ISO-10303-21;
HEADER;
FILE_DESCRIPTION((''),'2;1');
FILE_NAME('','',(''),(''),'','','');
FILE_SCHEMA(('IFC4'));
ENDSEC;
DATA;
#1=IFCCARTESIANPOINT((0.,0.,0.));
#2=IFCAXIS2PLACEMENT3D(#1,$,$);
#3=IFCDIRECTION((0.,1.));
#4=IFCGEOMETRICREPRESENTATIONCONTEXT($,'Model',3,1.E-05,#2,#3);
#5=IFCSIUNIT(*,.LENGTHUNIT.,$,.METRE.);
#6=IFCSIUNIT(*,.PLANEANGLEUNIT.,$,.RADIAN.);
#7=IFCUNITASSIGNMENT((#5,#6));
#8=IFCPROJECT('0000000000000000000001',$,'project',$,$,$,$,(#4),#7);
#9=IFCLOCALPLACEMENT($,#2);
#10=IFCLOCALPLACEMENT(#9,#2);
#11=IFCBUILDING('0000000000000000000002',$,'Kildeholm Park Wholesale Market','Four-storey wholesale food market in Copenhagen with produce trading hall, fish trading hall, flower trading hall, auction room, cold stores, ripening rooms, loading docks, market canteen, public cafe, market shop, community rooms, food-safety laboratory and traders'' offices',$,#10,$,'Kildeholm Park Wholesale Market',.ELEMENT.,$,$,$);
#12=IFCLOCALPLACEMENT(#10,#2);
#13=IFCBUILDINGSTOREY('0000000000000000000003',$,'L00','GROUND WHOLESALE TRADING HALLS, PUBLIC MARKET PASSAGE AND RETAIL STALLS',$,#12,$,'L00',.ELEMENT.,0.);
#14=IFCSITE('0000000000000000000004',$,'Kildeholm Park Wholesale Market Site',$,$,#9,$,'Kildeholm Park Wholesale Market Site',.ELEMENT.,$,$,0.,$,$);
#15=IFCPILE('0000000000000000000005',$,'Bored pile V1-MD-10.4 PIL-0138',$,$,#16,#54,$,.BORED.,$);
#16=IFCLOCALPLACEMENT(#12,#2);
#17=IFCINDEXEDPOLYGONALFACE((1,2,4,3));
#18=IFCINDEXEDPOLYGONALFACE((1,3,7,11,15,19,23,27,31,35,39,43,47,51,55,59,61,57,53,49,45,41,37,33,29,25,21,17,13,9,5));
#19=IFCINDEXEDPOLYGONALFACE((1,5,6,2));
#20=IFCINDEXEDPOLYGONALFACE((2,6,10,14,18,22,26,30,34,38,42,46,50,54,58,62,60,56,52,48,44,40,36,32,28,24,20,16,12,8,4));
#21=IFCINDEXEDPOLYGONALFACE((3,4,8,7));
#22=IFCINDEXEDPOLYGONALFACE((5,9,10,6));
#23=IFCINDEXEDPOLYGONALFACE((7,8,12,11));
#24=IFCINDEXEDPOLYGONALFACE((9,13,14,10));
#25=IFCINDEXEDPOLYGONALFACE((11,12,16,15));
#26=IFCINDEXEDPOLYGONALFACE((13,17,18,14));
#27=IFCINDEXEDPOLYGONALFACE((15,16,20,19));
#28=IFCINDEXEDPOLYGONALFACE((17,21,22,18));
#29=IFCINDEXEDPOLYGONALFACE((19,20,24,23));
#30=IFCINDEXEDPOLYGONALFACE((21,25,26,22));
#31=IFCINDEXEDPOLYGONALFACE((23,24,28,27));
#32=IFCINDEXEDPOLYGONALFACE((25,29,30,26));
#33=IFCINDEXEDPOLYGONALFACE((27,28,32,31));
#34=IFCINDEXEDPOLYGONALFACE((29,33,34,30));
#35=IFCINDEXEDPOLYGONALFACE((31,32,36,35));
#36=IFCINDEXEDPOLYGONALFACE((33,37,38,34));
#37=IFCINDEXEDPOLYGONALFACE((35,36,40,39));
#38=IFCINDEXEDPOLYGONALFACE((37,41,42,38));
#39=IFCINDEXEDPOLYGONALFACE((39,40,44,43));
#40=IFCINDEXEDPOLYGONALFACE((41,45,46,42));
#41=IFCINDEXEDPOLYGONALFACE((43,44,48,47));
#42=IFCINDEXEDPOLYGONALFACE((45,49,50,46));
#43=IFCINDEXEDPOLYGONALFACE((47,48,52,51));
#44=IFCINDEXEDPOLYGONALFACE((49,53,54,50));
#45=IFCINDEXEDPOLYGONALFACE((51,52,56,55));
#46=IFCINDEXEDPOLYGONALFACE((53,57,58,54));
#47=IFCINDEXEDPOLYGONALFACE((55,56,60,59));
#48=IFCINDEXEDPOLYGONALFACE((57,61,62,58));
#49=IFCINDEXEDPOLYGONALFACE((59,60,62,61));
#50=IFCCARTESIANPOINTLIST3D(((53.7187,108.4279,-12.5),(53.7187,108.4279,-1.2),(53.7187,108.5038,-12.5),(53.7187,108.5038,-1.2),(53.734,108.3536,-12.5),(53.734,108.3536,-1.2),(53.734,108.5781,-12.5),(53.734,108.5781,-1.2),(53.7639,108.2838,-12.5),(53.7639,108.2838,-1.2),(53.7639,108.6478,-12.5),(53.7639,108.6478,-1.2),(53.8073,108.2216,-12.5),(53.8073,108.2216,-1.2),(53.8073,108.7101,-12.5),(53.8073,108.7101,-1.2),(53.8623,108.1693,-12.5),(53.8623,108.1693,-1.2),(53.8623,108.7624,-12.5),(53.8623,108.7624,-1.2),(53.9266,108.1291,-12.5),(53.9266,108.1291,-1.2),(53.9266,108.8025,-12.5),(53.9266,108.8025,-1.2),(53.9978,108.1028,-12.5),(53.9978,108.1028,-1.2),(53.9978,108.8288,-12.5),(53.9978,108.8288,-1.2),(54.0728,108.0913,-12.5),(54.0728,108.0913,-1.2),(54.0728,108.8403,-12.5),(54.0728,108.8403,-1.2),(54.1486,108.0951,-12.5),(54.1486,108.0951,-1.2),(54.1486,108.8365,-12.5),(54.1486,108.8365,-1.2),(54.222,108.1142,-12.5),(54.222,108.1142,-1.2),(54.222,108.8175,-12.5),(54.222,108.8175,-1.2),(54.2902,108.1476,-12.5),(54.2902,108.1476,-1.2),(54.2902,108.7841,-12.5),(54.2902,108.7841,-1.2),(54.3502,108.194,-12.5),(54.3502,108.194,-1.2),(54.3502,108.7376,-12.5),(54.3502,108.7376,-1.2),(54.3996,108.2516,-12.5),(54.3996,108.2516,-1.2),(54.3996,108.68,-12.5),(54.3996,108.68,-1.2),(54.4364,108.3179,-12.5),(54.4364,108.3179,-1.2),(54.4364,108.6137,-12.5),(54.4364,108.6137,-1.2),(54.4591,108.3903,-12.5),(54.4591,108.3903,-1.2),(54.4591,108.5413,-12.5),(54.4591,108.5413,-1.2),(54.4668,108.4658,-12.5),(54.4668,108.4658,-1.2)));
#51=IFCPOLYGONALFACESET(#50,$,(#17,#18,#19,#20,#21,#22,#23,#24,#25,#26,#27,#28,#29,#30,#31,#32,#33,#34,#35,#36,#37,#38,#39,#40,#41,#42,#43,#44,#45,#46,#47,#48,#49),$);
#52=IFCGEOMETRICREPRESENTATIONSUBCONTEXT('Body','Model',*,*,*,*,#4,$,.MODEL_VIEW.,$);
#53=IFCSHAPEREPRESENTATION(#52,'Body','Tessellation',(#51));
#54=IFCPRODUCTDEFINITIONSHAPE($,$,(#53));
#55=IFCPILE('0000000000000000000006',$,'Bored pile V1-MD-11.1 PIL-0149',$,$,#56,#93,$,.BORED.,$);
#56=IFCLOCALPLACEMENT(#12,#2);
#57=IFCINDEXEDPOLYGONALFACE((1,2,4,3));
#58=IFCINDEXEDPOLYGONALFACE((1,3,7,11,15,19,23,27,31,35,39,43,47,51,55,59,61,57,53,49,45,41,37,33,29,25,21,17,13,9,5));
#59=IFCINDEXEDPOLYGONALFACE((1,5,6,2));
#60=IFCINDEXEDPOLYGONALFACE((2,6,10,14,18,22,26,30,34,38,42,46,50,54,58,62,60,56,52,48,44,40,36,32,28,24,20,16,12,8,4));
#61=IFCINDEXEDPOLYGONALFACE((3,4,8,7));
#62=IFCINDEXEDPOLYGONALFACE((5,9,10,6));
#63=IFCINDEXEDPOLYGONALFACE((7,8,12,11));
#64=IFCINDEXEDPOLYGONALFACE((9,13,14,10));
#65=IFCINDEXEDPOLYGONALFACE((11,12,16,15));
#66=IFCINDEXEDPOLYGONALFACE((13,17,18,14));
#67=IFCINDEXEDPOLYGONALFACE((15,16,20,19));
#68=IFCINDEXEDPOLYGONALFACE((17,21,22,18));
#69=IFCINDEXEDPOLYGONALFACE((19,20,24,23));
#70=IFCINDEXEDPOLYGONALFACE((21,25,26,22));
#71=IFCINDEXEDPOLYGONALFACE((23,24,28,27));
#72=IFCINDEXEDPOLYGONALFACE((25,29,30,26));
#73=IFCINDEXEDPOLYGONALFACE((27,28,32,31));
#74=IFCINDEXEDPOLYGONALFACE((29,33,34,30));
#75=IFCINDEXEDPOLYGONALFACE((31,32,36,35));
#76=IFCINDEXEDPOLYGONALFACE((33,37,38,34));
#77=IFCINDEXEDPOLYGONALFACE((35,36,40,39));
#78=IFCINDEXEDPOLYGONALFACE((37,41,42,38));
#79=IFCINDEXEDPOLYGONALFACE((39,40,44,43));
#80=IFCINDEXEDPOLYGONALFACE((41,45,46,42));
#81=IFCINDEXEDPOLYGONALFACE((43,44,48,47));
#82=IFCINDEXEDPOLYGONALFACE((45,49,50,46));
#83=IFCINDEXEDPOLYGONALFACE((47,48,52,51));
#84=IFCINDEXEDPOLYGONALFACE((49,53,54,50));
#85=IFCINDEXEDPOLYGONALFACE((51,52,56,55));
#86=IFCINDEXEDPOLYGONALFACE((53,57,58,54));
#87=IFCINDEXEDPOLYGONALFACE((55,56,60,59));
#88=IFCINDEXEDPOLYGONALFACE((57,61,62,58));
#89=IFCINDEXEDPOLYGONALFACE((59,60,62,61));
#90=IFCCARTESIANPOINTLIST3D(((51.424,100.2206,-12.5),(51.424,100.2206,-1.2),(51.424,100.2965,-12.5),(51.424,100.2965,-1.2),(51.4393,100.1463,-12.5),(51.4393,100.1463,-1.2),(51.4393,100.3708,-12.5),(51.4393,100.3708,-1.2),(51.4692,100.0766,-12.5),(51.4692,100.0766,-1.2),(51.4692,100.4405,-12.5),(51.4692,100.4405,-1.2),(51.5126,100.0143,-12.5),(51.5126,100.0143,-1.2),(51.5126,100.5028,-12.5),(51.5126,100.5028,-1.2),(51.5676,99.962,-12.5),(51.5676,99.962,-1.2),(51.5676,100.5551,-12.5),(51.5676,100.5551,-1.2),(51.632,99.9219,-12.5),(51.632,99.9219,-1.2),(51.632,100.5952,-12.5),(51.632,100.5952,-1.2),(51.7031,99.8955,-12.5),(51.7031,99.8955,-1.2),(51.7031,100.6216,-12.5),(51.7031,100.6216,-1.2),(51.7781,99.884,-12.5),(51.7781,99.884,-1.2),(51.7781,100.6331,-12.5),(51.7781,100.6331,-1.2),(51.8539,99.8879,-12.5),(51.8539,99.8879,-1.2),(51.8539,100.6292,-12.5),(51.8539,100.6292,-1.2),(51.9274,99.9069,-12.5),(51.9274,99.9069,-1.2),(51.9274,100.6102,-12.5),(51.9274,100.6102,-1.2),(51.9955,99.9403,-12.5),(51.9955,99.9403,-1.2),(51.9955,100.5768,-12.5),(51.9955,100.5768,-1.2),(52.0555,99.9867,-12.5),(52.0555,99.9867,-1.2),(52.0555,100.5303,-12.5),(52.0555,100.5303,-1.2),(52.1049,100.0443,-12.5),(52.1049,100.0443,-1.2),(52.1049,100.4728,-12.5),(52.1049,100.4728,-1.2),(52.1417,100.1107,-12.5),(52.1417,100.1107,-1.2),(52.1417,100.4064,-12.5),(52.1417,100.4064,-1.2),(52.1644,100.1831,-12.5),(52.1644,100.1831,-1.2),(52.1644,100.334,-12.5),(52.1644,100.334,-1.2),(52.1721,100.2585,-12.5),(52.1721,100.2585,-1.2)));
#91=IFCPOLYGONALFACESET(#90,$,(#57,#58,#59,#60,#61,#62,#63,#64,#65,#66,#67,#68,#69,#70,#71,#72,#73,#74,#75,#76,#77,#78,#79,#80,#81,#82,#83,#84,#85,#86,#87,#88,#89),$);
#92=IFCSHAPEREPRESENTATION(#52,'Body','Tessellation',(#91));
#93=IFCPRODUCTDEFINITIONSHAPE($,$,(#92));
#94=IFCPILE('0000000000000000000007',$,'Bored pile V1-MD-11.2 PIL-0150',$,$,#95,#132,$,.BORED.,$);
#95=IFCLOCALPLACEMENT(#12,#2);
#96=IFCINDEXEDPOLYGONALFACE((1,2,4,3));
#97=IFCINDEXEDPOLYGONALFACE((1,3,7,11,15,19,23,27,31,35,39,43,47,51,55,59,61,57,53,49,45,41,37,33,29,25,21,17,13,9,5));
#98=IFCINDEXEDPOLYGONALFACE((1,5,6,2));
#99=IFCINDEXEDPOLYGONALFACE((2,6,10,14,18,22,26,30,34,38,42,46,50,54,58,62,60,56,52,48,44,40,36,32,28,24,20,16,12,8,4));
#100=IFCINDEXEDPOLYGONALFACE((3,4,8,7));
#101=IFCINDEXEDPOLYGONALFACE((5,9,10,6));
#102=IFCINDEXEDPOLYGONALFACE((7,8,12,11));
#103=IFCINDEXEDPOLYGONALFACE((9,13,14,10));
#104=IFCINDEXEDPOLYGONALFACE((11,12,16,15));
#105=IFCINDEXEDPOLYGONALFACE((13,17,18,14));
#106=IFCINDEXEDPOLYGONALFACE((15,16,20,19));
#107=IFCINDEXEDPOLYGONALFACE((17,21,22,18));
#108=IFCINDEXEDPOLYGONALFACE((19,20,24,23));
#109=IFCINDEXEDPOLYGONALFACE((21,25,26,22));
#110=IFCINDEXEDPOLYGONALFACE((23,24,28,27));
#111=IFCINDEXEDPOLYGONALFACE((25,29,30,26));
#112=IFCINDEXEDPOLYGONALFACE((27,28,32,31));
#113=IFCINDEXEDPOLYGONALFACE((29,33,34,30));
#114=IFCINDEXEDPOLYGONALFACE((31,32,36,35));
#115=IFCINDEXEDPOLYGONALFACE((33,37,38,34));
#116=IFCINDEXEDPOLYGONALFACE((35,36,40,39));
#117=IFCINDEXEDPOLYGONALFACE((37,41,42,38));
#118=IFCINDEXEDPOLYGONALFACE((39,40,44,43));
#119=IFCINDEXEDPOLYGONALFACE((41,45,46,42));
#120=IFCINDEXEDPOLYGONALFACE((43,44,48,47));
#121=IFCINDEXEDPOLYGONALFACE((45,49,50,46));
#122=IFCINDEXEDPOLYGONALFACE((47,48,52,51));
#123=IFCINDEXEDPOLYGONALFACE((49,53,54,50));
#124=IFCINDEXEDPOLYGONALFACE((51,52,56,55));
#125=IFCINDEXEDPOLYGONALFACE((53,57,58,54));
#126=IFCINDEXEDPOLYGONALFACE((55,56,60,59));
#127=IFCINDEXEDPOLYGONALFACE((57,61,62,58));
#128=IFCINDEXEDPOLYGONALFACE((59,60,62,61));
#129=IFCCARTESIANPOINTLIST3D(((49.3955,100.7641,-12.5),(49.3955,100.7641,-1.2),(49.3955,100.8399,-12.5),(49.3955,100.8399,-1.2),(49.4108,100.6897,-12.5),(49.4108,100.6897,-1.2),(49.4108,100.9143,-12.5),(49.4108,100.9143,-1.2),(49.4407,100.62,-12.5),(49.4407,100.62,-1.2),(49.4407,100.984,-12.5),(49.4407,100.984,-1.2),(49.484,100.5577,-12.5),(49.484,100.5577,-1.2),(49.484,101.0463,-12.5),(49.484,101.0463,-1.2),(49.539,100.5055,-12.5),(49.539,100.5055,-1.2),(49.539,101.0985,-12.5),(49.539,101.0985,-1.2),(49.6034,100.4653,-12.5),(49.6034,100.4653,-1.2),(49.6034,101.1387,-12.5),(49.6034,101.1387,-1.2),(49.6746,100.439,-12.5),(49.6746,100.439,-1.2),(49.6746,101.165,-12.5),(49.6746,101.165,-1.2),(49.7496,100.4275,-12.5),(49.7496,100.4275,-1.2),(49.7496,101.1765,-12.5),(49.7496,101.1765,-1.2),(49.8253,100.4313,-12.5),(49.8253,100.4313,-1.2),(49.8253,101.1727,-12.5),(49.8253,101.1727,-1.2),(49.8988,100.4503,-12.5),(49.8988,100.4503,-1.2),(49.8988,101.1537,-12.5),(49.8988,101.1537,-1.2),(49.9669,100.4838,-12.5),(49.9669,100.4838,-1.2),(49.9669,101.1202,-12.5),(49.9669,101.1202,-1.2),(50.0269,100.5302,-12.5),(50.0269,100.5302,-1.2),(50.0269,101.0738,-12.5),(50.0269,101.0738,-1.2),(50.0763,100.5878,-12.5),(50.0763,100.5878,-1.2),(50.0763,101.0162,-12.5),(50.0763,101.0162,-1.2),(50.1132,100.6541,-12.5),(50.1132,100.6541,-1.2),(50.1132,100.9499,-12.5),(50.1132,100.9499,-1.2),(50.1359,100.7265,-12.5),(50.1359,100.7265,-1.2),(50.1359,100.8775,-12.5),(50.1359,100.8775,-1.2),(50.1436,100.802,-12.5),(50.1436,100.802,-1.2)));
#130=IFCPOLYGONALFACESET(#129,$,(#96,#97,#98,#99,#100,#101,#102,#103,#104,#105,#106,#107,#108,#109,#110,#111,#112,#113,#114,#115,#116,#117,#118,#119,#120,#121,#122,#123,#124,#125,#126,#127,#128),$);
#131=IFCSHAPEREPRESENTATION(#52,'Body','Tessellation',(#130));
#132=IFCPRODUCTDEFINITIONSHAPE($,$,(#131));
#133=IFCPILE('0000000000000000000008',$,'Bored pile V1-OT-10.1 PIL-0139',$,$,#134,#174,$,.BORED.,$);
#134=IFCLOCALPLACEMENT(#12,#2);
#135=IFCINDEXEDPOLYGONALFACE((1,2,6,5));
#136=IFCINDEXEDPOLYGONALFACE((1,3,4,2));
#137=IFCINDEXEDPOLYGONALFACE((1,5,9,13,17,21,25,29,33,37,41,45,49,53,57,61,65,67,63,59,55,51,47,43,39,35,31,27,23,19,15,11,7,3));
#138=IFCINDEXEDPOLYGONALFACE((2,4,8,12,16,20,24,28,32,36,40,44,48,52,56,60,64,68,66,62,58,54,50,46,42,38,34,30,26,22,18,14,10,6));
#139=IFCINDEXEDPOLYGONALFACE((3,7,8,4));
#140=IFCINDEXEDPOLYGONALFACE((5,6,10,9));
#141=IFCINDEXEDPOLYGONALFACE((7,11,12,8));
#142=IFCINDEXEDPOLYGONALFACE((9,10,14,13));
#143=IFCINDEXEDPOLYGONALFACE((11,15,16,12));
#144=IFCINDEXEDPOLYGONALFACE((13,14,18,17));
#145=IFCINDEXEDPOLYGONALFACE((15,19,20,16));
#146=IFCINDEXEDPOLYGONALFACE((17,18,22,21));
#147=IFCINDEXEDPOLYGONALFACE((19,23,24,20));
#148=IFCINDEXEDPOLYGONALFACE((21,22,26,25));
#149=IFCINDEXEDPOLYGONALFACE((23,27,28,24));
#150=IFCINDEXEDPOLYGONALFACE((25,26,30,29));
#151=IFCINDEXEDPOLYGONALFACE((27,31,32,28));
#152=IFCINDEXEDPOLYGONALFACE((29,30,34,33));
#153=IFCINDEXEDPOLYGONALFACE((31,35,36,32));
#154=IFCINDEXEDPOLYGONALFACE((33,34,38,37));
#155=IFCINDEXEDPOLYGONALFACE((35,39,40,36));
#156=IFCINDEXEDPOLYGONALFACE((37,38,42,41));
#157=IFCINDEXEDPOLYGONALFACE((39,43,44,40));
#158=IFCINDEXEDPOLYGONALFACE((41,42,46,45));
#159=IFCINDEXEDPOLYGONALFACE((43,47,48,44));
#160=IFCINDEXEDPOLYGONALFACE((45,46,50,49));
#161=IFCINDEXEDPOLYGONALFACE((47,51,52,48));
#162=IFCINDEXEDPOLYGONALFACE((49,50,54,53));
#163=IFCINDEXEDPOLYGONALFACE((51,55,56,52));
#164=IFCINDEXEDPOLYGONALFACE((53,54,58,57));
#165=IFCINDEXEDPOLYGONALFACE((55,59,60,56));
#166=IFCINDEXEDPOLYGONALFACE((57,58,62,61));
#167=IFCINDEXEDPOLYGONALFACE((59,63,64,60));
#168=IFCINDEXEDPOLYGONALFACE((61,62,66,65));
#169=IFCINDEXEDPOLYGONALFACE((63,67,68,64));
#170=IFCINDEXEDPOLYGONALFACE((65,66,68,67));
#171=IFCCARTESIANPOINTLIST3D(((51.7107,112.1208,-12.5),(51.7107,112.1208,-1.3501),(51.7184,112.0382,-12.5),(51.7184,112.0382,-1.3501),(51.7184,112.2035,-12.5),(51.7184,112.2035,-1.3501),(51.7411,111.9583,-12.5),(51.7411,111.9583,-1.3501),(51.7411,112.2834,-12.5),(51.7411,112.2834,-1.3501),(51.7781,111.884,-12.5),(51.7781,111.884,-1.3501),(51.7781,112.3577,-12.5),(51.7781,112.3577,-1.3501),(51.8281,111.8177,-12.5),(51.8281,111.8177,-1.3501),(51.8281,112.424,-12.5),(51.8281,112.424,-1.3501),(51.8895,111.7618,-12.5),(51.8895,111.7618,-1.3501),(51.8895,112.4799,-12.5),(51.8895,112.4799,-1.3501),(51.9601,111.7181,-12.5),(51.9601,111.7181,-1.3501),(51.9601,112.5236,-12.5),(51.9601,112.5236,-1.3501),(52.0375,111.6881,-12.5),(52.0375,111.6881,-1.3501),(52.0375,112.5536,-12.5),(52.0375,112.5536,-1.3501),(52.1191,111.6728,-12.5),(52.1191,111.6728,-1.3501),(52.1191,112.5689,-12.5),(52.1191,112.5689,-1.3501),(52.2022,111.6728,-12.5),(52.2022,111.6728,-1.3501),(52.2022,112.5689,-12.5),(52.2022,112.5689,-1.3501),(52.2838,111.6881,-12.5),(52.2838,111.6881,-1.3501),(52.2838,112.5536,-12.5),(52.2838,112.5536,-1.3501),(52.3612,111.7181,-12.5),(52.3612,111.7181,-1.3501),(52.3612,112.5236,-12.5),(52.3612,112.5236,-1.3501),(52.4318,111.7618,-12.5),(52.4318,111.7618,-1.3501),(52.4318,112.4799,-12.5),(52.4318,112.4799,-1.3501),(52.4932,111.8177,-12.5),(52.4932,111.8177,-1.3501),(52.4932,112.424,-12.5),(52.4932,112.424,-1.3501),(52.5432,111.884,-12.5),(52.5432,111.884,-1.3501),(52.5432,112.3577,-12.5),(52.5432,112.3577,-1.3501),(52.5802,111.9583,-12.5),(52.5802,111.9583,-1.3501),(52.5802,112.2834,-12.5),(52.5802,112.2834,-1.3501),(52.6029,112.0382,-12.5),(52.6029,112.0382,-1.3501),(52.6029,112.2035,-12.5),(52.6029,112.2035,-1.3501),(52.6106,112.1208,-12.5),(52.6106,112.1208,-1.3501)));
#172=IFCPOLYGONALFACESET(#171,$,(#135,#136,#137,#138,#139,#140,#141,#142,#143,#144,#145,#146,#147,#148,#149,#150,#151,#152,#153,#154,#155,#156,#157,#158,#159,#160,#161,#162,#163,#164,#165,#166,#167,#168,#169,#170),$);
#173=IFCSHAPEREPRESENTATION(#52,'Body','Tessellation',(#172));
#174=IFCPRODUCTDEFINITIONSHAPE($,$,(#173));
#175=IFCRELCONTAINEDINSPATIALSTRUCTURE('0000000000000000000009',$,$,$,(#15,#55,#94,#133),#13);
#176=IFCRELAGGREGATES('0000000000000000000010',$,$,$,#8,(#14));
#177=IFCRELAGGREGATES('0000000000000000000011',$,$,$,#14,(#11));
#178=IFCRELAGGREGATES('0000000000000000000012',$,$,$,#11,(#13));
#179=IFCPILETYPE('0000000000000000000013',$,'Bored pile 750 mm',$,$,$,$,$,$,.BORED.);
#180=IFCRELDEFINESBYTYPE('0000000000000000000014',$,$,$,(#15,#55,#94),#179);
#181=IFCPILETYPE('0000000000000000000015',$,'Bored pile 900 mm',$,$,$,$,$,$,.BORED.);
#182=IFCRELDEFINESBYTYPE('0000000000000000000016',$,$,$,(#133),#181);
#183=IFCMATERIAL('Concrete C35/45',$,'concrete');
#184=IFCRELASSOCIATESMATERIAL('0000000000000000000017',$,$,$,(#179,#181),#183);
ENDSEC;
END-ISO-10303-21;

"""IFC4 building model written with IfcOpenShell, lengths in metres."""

from ifc_helpers import new_model, si_unit, direction, frame, origin, origin_2d, place, context, subcontext, project, spatial, circle, extrude, material, material_profile, profile_set, type_object, element, save


model = new_model("IFC4")

# Units and contexts
model_context = context("Model", 3, precision=1e-05, world=origin(), true_north=direction((0.0, 1.0)))
body_context = subcontext(model_context, "Body", "Model", "MODEL_VIEW")
ifc_project = project(units=[si_unit("LENGTHUNIT", "METRE"), si_unit("PLANEANGLEUNIT", "RADIAN")], contexts=[model_context])

# Site, building, storey
site_placement = place(None, origin())
site = spatial("IfcSite", under=ifc_project, at=site_placement, Name="Kildeholm Park Wholesale Market Site", LongName="Kildeholm Park Wholesale Market Site", CompositionType="ELEMENT", RefElevation=0.0)
building_placement = place(site_placement, origin())
building = spatial("IfcBuilding", under=site, at=building_placement, Name="Kildeholm Park Wholesale Market", Description="Four-storey wholesale food market in Copenhagen with produce trading hall, fish trading hall, flower trading hall, auction room, cold stores, ripening rooms, loading docks, market canteen, public cafe, market shop, community rooms, food-safety laboratory and traders' offices", LongName="Kildeholm Park Wholesale Market", CompositionType="ELEMENT")
storey_placement = place(building_placement, origin())
storey = spatial("IfcBuildingStorey", under=building, at=storey_placement, Name="L00", Description="GROUND WHOLESALE TRADING HALLS, PUBLIC MARKET PASSAGE AND RETAIL STALLS", LongName="L00", CompositionType="ELEMENT", Elevation=0.0)

# Piles
ifc_material_1 = material(Name="Concrete C35/45", Category="concrete")
ifc_material_profile_1 = material_profile(ifc_material_1, circle(Radius=0.375, at=origin_2d()), Name="PILE D750")
ifc_profile_set_1 = profile_set([ifc_material_profile_1], Name="Concrete C35/45")
pile_type_1 = type_object("IfcPileType", Name="Bored pile 750 mm", PredefinedType="BORED", material=ifc_profile_set_1)
for number, where, z_axis, x_axis, name in (
    (1, (54.0918, 108.4658, -1.2), (0.0, 0.0, -1.0), (1.0, 0.0, 0.0), "Bored pile V1-MD-10.4 PIL-0138"),
    (2, (51.7971, 100.2585, -1.2), (0.0, 0.0, -1.0), (1.0, 0.0, 0.0), "Bored pile V1-MD-11.1 PIL-0149"),
    (3, (49.7686, 100.802, -1.2), (0.0, 0.0, -1.0), (1.0, 0.0, 0.0), "Bored pile V1-MD-11.2 PIL-0150"),
):
    element("IfcPile", number, at=place(storey_placement, frame(where, z_axis=z_axis, x_axis=x_axis)), inside=storey, type_object=pile_type_1, Name=name, PredefinedType="BORED", context=body_context, shape_type="SweptSolid", body=[
        extrude(circle(Radius=0.375, at=origin_2d()), origin(), (0.0, 0.0, 1.0), 11.3),
    ])
ifc_material_profile_2 = material_profile(ifc_material_1, circle(Radius=0.45, at=origin_2d()), Name="PILE D900")
ifc_profile_set_2 = profile_set([ifc_material_profile_2], Name="Concrete C35/45")
pile_type_2 = type_object("IfcPileType", Name="Bored pile 900 mm", PredefinedType="BORED", material=ifc_profile_set_2)
for number, where, z_axis, x_axis, name in (
    (4, (52.1606, 112.1208, -1.3501), (0.0, 0.0, -1.0), (1.0, 0.0, 0.0), "Bored pile V1-OT-10.1 PIL-0139"),
):
    element("IfcPile", number, at=place(storey_placement, frame(where, z_axis=z_axis, x_axis=x_axis)), inside=storey, type_object=pile_type_2, Name=name, PredefinedType="BORED", context=body_context, shape_type="SweptSolid", body=[
        extrude(circle(Radius=0.45, at=origin_2d()), origin(), (0.0, 0.0, 1.0), 11.1499),
    ])

save(model, "model.ifc")
